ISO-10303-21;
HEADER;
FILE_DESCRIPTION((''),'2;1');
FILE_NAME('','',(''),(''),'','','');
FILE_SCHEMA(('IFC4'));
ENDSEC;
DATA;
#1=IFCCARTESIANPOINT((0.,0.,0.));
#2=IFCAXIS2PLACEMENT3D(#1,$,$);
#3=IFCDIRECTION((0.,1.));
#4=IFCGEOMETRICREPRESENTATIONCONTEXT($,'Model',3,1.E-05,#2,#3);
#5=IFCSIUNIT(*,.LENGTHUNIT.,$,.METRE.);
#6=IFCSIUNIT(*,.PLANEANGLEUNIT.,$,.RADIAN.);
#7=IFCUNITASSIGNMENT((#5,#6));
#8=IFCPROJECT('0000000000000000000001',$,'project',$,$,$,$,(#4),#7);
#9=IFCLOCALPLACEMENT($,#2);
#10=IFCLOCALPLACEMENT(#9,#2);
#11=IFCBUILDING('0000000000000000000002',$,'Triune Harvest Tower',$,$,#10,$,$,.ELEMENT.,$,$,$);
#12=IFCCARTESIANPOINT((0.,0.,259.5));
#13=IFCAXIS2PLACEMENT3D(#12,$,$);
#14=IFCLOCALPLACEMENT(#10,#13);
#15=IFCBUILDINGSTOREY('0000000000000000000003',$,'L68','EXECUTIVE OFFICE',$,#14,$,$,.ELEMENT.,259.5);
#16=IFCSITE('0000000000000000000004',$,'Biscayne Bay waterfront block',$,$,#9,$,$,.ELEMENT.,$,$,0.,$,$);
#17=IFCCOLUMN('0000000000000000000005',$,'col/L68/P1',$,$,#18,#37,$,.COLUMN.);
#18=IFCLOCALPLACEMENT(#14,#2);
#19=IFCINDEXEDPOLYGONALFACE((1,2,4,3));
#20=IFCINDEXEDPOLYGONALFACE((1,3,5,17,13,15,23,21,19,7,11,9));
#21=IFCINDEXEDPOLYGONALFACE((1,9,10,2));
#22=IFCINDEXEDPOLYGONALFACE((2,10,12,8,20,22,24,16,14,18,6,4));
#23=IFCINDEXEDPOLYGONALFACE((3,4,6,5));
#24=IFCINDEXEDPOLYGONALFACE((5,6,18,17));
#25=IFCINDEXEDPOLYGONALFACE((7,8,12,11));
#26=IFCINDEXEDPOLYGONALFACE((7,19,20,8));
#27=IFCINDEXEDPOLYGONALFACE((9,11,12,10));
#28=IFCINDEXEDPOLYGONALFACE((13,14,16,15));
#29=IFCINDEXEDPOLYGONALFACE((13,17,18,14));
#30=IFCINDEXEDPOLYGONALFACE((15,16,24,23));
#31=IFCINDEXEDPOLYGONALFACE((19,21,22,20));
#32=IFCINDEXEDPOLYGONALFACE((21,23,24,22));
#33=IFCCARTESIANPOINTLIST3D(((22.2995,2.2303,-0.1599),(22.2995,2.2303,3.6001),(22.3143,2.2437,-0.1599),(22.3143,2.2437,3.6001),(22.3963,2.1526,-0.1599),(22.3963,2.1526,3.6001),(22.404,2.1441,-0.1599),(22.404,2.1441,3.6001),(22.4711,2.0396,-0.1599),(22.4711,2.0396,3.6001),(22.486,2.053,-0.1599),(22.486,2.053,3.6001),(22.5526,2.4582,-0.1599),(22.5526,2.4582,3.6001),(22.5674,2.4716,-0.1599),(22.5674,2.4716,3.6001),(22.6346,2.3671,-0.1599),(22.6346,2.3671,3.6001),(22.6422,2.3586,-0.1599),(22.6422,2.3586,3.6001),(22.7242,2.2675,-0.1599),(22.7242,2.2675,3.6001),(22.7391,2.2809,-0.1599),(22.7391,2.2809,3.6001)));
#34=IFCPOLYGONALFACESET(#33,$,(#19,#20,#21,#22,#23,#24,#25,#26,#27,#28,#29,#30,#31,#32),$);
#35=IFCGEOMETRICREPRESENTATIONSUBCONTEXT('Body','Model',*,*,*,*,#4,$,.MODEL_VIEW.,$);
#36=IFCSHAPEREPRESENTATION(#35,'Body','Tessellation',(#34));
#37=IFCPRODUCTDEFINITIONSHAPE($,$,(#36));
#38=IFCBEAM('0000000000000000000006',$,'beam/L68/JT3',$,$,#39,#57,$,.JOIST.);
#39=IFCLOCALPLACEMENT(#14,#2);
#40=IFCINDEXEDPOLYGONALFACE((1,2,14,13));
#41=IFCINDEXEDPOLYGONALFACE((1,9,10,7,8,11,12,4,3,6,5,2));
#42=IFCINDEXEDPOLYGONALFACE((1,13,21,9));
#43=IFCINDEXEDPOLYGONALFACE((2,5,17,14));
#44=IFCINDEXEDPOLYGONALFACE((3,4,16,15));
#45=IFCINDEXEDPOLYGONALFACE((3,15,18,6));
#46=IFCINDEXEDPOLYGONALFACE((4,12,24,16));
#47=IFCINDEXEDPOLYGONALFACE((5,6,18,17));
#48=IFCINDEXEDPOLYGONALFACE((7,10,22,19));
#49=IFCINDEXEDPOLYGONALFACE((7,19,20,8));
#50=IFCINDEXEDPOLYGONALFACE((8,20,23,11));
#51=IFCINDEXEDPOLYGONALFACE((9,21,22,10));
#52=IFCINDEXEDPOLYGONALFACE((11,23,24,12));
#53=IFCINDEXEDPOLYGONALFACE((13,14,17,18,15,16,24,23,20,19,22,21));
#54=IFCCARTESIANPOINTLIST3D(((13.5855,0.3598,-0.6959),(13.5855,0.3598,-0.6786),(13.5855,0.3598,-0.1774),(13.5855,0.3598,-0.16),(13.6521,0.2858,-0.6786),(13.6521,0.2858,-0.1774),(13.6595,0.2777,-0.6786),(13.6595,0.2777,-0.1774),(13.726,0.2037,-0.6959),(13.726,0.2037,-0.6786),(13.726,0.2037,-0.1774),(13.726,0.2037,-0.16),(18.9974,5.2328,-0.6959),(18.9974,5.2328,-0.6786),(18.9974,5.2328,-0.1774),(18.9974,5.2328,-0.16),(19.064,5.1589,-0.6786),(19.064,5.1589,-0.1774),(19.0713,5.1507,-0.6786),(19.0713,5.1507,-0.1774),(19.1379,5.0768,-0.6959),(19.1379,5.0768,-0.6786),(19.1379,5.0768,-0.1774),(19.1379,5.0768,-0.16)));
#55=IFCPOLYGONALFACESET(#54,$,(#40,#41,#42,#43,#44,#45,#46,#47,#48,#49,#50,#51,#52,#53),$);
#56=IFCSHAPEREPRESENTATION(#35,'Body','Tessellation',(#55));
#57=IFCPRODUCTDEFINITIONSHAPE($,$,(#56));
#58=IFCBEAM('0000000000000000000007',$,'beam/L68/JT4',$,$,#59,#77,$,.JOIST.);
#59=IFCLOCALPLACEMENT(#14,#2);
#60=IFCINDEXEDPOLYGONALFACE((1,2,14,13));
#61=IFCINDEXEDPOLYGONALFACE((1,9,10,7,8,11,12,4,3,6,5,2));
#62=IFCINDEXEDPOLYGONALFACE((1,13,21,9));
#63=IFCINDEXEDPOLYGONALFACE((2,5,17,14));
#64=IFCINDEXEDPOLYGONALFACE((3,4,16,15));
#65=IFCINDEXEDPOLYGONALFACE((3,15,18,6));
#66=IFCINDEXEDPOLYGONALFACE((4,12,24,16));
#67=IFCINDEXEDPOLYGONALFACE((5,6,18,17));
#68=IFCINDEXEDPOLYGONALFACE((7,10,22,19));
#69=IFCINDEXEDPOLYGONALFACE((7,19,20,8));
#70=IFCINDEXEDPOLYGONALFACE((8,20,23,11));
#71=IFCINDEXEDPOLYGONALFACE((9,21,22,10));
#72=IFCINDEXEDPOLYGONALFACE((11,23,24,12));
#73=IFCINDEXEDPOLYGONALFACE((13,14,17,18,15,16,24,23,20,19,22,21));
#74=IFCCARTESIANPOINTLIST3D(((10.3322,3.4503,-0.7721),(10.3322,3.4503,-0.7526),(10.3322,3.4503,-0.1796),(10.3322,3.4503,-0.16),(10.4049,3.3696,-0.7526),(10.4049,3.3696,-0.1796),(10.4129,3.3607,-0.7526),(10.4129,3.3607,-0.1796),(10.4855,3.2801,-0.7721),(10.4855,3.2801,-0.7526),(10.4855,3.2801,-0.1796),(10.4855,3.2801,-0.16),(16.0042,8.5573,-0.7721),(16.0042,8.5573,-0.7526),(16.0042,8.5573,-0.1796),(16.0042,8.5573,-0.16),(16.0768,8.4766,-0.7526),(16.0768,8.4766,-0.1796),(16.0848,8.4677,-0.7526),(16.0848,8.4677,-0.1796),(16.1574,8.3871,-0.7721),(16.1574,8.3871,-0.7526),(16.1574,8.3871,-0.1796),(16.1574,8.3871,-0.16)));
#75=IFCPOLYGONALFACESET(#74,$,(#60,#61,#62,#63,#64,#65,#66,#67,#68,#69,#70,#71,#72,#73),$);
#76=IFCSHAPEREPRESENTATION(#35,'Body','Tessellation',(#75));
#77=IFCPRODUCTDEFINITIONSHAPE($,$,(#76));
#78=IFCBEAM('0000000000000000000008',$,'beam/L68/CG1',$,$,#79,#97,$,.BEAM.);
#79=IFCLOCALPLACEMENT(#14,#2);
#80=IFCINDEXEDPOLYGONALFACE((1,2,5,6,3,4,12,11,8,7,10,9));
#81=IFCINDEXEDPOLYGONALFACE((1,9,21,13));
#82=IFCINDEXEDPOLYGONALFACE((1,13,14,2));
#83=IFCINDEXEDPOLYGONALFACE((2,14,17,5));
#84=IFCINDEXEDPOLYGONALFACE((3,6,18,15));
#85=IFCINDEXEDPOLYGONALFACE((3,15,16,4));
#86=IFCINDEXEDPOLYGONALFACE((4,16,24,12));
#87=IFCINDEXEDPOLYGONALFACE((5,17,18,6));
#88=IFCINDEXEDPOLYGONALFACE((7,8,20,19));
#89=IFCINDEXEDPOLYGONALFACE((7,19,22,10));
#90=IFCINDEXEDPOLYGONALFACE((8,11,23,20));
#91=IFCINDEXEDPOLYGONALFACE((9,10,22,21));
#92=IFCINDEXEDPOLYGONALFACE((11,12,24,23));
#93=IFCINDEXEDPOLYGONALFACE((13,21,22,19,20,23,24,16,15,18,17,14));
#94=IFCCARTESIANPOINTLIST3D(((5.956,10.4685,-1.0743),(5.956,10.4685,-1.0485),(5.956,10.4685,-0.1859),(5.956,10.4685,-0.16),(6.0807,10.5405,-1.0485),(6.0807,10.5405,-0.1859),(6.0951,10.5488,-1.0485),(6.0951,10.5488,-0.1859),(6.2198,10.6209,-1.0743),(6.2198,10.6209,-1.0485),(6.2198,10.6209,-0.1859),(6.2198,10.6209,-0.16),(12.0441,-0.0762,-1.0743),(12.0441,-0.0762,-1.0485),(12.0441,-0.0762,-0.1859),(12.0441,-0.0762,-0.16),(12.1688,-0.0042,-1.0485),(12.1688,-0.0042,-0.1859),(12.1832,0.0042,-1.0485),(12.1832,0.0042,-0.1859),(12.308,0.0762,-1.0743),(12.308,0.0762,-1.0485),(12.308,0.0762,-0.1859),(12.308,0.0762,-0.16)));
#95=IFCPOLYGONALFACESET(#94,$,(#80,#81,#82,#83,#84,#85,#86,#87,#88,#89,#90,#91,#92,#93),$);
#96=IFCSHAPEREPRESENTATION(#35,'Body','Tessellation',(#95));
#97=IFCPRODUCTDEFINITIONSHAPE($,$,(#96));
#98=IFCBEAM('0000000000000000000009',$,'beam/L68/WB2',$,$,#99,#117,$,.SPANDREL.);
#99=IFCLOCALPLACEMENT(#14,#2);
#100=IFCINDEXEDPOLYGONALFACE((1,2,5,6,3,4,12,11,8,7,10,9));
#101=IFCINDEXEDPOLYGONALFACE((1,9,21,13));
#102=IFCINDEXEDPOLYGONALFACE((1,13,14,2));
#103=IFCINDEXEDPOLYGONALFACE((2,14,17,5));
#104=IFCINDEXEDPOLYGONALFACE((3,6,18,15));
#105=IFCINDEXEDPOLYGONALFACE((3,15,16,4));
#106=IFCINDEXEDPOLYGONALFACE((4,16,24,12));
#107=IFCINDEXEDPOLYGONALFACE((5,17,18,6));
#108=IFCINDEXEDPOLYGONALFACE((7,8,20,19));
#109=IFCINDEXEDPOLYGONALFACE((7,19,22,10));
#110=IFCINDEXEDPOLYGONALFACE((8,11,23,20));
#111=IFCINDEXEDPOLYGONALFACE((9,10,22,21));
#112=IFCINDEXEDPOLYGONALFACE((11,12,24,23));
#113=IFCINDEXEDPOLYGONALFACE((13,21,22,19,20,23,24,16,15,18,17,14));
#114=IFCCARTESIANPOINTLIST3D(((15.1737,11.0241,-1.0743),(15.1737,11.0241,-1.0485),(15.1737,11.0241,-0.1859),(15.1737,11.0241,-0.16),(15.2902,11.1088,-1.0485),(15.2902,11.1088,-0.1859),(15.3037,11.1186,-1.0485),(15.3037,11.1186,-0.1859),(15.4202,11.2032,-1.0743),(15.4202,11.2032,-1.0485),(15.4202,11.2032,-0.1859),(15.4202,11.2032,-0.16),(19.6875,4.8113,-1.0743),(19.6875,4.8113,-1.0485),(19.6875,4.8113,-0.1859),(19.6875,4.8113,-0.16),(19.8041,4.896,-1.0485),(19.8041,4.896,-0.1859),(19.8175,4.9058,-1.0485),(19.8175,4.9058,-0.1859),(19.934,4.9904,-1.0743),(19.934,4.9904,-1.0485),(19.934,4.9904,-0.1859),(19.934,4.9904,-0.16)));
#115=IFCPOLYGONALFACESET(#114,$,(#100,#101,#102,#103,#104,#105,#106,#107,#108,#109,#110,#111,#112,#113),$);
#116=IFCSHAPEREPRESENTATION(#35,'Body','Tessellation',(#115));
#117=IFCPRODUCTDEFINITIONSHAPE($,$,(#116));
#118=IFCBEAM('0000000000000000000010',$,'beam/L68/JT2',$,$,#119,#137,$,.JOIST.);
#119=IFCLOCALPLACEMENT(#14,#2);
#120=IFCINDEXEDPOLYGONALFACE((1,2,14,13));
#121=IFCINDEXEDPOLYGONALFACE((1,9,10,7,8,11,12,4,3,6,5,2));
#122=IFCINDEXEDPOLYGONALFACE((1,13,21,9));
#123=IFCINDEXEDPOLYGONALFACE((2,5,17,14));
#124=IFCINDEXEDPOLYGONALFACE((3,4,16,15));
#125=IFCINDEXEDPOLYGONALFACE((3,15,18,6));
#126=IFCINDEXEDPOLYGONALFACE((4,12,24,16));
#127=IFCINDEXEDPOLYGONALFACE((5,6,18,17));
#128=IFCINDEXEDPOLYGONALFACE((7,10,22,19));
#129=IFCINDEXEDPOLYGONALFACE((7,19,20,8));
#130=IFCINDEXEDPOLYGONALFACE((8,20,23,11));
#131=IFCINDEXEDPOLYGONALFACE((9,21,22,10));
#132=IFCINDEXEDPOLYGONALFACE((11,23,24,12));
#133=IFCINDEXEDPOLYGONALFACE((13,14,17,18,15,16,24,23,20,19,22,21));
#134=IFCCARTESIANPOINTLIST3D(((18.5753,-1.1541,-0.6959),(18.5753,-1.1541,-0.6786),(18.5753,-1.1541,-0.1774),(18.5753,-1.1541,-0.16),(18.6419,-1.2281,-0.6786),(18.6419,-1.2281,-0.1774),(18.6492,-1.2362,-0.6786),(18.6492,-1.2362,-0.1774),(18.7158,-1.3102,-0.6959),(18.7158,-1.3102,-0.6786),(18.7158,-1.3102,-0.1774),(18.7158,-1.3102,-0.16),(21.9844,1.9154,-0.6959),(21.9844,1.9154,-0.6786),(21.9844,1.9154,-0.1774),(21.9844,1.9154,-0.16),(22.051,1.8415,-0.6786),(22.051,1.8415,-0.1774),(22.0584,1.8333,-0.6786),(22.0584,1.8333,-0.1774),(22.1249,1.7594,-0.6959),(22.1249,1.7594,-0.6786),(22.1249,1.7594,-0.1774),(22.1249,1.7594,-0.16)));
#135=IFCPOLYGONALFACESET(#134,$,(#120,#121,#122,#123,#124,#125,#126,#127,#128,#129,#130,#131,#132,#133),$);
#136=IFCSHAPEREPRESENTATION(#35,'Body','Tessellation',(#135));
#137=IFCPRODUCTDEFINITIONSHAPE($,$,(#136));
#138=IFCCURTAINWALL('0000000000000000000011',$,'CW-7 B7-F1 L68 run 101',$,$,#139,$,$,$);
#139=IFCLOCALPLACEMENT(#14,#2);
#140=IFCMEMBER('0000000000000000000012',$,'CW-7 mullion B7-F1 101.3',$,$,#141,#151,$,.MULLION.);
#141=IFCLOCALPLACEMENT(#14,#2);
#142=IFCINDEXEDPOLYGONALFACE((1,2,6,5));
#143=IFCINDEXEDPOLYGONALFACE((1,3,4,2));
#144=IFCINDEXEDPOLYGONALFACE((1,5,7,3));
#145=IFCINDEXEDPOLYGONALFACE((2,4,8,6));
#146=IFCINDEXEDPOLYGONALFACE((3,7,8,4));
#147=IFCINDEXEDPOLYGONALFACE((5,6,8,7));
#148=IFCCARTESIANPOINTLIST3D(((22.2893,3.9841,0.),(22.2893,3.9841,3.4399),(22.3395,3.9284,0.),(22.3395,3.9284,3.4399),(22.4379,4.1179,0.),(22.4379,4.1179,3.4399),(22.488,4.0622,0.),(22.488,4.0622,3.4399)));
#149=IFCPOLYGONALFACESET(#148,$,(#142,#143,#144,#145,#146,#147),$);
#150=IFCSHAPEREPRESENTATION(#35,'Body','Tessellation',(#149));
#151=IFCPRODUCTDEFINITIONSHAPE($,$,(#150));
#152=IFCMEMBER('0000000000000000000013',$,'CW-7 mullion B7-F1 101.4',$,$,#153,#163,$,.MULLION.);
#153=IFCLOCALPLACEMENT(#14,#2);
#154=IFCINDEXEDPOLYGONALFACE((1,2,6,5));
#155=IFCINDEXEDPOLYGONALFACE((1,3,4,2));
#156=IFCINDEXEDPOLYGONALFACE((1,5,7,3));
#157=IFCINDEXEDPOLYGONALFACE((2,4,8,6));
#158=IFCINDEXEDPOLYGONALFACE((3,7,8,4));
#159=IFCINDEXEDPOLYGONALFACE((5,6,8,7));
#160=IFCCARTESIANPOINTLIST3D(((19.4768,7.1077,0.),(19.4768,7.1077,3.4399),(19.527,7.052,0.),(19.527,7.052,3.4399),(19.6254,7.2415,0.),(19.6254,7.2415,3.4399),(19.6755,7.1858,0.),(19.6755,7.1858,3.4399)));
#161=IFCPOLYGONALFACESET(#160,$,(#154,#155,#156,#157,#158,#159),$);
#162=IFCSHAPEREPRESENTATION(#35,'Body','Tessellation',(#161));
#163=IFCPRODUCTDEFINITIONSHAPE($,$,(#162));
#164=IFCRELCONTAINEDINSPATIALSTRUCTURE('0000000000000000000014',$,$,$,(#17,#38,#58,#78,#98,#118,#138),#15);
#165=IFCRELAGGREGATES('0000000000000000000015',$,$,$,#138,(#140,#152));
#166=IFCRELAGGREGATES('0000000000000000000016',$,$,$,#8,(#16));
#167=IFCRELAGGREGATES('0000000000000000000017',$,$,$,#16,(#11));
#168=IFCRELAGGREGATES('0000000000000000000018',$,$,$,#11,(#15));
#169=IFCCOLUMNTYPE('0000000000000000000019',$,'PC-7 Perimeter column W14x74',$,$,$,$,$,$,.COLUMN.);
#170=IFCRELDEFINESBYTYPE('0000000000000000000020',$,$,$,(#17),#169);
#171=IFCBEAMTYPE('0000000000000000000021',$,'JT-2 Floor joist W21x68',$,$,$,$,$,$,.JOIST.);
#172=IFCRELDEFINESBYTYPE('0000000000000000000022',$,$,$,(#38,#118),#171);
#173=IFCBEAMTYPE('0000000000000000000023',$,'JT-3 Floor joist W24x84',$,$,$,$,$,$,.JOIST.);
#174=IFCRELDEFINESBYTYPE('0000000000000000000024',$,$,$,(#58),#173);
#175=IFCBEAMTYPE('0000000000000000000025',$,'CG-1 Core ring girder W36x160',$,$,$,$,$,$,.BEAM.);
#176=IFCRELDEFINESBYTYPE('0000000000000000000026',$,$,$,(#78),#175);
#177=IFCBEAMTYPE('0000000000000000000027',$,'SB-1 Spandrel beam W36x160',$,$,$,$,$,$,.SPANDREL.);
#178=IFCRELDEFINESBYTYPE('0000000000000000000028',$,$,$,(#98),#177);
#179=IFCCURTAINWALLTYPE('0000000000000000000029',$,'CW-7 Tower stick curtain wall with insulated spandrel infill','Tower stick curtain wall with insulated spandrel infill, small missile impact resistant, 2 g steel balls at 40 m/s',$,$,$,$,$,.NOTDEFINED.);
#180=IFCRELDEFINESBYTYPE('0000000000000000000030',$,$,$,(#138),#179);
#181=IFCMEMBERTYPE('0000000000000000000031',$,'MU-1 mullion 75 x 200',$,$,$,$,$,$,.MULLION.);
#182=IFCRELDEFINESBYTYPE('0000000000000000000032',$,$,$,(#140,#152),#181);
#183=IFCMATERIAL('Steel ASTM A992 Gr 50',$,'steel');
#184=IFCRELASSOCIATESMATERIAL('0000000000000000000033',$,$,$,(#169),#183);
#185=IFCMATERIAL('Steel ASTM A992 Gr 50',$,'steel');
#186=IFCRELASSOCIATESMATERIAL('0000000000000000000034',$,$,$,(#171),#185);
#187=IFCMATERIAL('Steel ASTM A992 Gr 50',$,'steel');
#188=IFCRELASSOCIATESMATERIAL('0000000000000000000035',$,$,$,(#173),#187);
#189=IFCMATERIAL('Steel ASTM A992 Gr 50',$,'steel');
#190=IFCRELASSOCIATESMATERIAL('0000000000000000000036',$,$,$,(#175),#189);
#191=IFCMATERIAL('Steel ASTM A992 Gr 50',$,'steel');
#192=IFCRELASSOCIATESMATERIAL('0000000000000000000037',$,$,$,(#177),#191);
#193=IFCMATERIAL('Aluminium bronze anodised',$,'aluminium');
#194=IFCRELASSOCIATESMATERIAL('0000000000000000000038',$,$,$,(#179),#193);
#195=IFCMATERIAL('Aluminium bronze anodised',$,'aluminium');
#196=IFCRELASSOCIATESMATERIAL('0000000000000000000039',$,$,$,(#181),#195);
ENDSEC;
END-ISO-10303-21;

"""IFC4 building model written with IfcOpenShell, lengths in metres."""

from ifc_helpers import new_model, si_unit, direction, frame, origin, origin_2d, place, context, subcontext, project, spatial, rectangle, i_section, extrude, source, transform, mapped, material, material_profile, profile_set, type_object, element, aggregate, save


model = new_model("IFC4")

# Units and contexts
model_context = context("Model", 3, precision=1e-05, world=origin(), true_north=direction((0.0, 1.0)))
body_context = subcontext(model_context, "Body", "Model", "MODEL_VIEW")
ifc_project = project(units=[si_unit("LENGTHUNIT", "METRE"), si_unit("PLANEANGLEUNIT", "RADIAN")], contexts=[model_context])

# Site, building, storey
site_placement = place(None, origin())
site = spatial("IfcSite", under=ifc_project, at=site_placement, Name="Biscayne Bay waterfront block", CompositionType="ELEMENT", RefElevation=0.0)
building_placement = place(site_placement, origin())
building = spatial("IfcBuilding", under=site, at=building_placement, Name="Triune Harvest Tower", CompositionType="ELEMENT")
storey_placement = place(building_placement, frame((0.0, 0.0, 259.5)))
storey = spatial("IfcBuildingStorey", under=building, at=storey_placement, Name="L68", Description="EXECUTIVE OFFICE", CompositionType="ELEMENT", Elevation=259.5)

# Column
ifc_material_1 = material(Name="Steel ASTM A992 Gr 50", Category="steel")
ifc_material_profile_1 = material_profile(ifc_material_1, i_section(OverallWidth=0.2566, OverallDepth=0.3606, WebThickness=0.0115, FlangeThickness=0.02, at=origin_2d()), Name="W14x74")
ifc_profile_set_1 = profile_set([ifc_material_profile_1], Name="Steel ASTM A992 Gr 50")
column_type = type_object("IfcColumnType", Name="PC-7 Perimeter column W14x74", PredefinedType="COLUMN", material=ifc_profile_set_1)
shared_shape_1 = source(origin(), body_context, "Body", "SweptSolid", [
    extrude(i_section(OverallWidth=0.2566, OverallDepth=0.3606, WebThickness=0.0115, FlangeThickness=0.02, at=origin_2d()), origin(), (0.0, 0.0, 1.0), 3.76),
])
column_placement = place(storey_placement, frame((22.5193, 2.2556, -0.1599), z_axis=(0.0, 0.0, 1.0), x_axis=(-0.669131, 0.743145, 0.0)))
element("IfcColumn", 1, at=column_placement, inside=storey, type_object=column_type, Name="col/L68/P1", PredefinedType="COLUMN", context=body_context, shape_type="MappedRepresentation", body=[
    mapped(shared_shape_1, transform((0.0, 0.0, 0.0), scale=1.0)),
])

# Beams
ifc_material_2 = material(Name="Steel ASTM A992 Gr 50", Category="steel")
ifc_material_profile_2 = material_profile(ifc_material_2, i_section(OverallWidth=0.21, OverallDepth=0.5359, WebThickness=0.011, FlangeThickness=0.0173, at=origin_2d()), Name="W21x68")
ifc_profile_set_2 = profile_set([ifc_material_profile_2], Name="Steel ASTM A992 Gr 50")
beam_type_1 = type_object("IfcBeamType", Name="JT-2 Floor joist W21x68", PredefinedType="JOIST", material=ifc_profile_set_2)
beam_1_placement = place(storey_placement, frame((19.0676, 5.1548, -0.428), z_axis=(-0.743132, -0.669144, 0.0), x_axis=(0.669144, -0.743132, 0.0)))
element("IfcBeam", 2, at=beam_1_placement, inside=storey, type_object=beam_type_1, Name="beam/L68/JT3", PredefinedType="JOIST", context=body_context, shape_type="SweptSolid", body=[
    extrude(i_section(OverallWidth=0.21, OverallDepth=0.5359, WebThickness=0.011, FlangeThickness=0.0173, at=origin_2d()), origin(), (0.0, 0.0, 1.0), 7.2825),
])
ifc_material_3 = material(Name="Steel ASTM A992 Gr 50", Category="steel")
ifc_material_profile_3 = material_profile(ifc_material_3, i_section(OverallWidth=0.229, OverallDepth=0.6121, WebThickness=0.012, FlangeThickness=0.0195, at=origin_2d()), Name="W24x84")
ifc_profile_set_3 = profile_set([ifc_material_profile_3], Name="Steel ASTM A992 Gr 50")
beam_type_2 = type_object("IfcBeamType", Name="JT-3 Floor joist W24x84", PredefinedType="JOIST", material=ifc_profile_set_3)
beam_2_placement = place(storey_placement, frame((16.0808, 8.4722, -0.4661), z_axis=(-0.743148, -0.669127, 0.0), x_axis=(0.669127, -0.743148, 0.0)))
element("IfcBeam", 3, at=beam_2_placement, inside=storey, type_object=beam_type_2, Name="beam/L68/JT4", PredefinedType="JOIST", context=body_context, shape_type="SweptSolid", body=[
    extrude(i_section(OverallWidth=0.229, OverallDepth=0.6121, WebThickness=0.012, FlangeThickness=0.0195, at=origin_2d()), origin(), (0.0, 0.0, 1.0), 7.6323),
])
ifc_material_4 = material(Name="Steel ASTM A992 Gr 50", Category="steel")
ifc_material_profile_4 = material_profile(ifc_material_4, i_section(OverallWidth=0.3047, OverallDepth=0.9143, WebThickness=0.0166, FlangeThickness=0.0259, at=origin_2d()), Name="W36x160")
ifc_profile_set_4 = profile_set([ifc_material_profile_4], Name="Steel ASTM A992 Gr 50")
beam_type_3 = type_object("IfcBeamType", Name="CG-1 Core ring girder W36x160", PredefinedType="BEAM", material=ifc_profile_set_4)
shared_shape_2 = source(origin(), body_context, "Body", "SweptSolid", [
    extrude(i_section(OverallWidth=0.3047, OverallDepth=0.9143, WebThickness=0.0166, FlangeThickness=0.0259, at=origin_2d()), origin(), (0.0, 0.0, 1.0), 12.176),
])
beam_3_placement = place(storey_placement, frame((12.176, 0.0, -0.6172), z_axis=(-0.50001, 0.86602, 0.0), x_axis=(-0.86602, -0.50001, 0.0)))
element("IfcBeam", 4, at=beam_3_placement, inside=storey, type_object=beam_type_3, Name="beam/L68/CG1", PredefinedType="BEAM", context=body_context, shape_type="MappedRepresentation", body=[
    mapped(shared_shape_2, transform((0.0, 0.0, 0.0), scale=1.0)),
])
ifc_material_5 = material(Name="Steel ASTM A992 Gr 50", Category="steel")
ifc_material_profile_5 = material_profile(ifc_material_5, i_section(OverallWidth=0.3047, OverallDepth=0.9143, WebThickness=0.0166, FlangeThickness=0.0259, at=origin_2d()), Name="W36x160")
ifc_profile_set_5 = profile_set([ifc_material_profile_5], Name="Steel ASTM A992 Gr 50")
beam_type_4 = type_object("IfcBeamType", Name="SB-1 Spandrel beam W36x160", PredefinedType="SPANDREL", material=ifc_profile_set_5)
shared_shape_3 = source(origin(), body_context, "Body", "SweptSolid", [
    extrude(i_section(OverallWidth=0.3047, OverallDepth=0.9143, WebThickness=0.0166, FlangeThickness=0.0259, at=origin_2d()), origin(), (0.0, 0.0, 1.0), 7.6794),
])
beam_4_placement = place(storey_placement, frame((19.8108, 4.9009, -0.6172), z_axis=(-0.587784, 0.809018, 0.0), x_axis=(-0.809018, -0.587784, 0.0)))
element("IfcBeam", 5, at=beam_4_placement, inside=storey, type_object=beam_type_4, Name="beam/L68/WB2", PredefinedType="SPANDREL", context=body_context, shape_type="MappedRepresentation", body=[
    mapped(shared_shape_3, transform((0.0, 0.0, 0.0), scale=1.0)),
])
shared_shape_4 = source(origin(), body_context, "Body", "SweptSolid", [
    extrude(i_section(OverallWidth=0.21, OverallDepth=0.5359, WebThickness=0.011, FlangeThickness=0.0173, at=origin_2d()), origin(), (0.0, 0.0, 1.0), 4.5874),
])
beam_5_placement = place(storey_placement, frame((22.0547, 1.8374, -0.428), z_axis=(-0.743151, -0.669123, 0.0), x_axis=(0.669123, -0.743151, 0.0)))
element("IfcBeam", 6, at=beam_5_placement, inside=storey, type_object=beam_type_1, Name="beam/L68/JT2", PredefinedType="JOIST", context=body_context, shape_type="MappedRepresentation", body=[
    mapped(shared_shape_4, transform((0.0, 0.0, 0.0), scale=1.0)),
])

# Curtain wall, members
ifc_material_6 = material(Name="Aluminium bronze anodised", Category="aluminium")
curtain_wall_type_1 = type_object("IfcCurtainWallType", Name="CW-7 Tower stick curtain wall with insulated spandrel infill", Description="Tower stick curtain wall with insulated spandrel infill, small missile impact resistant, 2 g steel balls at 40 m/s", PredefinedType="NOTDEFINED", material=ifc_material_6)
curtain_wall_1_placement = place(storey_placement, origin())
curtain_wall_1 = element("IfcCurtainWall", 7, at=curtain_wall_1_placement, inside=storey, type_object=curtain_wall_type_1, Name="CW-7 B7-F1 L68 run 101")
ifc_material_7 = material(Name="Aluminium bronze anodised", Category="aluminium")
ifc_material_profile_6 = material_profile(ifc_material_7, rectangle(XDim=0.2, YDim=0.075, at=origin_2d()), Name="MU-1 mullion 75 x 200")
ifc_profile_set_6 = profile_set([ifc_material_profile_6], Name="Aluminium bronze anodised")
member_type_1 = type_object("IfcMemberType", Name="MU-1 mullion 75 x 200", PredefinedType="MULLION", material=ifc_profile_set_6)
shared_shape_5 = source(origin(), body_context, "Body", "SweptSolid", [
    extrude(rectangle(XDim=0.2, YDim=0.075, at=origin_2d()), origin(), (0.0, 0.0, 1.0), 3.4399),
])
member_1_placement = place(storey_placement, frame((22.3887, 4.0232, 0.0), z_axis=(0.0, 0.0, 1.0), x_axis=(-0.743144, -0.669132, 0.0)))
member_1 = element("IfcMember", 8, at=member_1_placement, type_object=member_type_1, Name="CW-7 mullion B7-F1 101.3", PredefinedType="MULLION", context=body_context, shape_type="MappedRepresentation", body=[
    mapped(shared_shape_5, transform((0.0, 0.0, 0.0), scale=1.0)),
])
member_2_placement = place(storey_placement, frame((19.5762, 7.1467, 0.0), z_axis=(0.0, 0.0, 1.0), x_axis=(-0.743144, -0.669132, 0.0)))
member_2 = element("IfcMember", 9, at=member_2_placement, type_object=member_type_1, Name="CW-7 mullion B7-F1 101.4", PredefinedType="MULLION", context=body_context, shape_type="MappedRepresentation", body=[
    mapped(shared_shape_5, transform((0.0, 0.0, 0.0), scale=1.0)),
])

aggregate(curtain_wall_1, [member_1, member_2])

save(model, "model.ifc")
